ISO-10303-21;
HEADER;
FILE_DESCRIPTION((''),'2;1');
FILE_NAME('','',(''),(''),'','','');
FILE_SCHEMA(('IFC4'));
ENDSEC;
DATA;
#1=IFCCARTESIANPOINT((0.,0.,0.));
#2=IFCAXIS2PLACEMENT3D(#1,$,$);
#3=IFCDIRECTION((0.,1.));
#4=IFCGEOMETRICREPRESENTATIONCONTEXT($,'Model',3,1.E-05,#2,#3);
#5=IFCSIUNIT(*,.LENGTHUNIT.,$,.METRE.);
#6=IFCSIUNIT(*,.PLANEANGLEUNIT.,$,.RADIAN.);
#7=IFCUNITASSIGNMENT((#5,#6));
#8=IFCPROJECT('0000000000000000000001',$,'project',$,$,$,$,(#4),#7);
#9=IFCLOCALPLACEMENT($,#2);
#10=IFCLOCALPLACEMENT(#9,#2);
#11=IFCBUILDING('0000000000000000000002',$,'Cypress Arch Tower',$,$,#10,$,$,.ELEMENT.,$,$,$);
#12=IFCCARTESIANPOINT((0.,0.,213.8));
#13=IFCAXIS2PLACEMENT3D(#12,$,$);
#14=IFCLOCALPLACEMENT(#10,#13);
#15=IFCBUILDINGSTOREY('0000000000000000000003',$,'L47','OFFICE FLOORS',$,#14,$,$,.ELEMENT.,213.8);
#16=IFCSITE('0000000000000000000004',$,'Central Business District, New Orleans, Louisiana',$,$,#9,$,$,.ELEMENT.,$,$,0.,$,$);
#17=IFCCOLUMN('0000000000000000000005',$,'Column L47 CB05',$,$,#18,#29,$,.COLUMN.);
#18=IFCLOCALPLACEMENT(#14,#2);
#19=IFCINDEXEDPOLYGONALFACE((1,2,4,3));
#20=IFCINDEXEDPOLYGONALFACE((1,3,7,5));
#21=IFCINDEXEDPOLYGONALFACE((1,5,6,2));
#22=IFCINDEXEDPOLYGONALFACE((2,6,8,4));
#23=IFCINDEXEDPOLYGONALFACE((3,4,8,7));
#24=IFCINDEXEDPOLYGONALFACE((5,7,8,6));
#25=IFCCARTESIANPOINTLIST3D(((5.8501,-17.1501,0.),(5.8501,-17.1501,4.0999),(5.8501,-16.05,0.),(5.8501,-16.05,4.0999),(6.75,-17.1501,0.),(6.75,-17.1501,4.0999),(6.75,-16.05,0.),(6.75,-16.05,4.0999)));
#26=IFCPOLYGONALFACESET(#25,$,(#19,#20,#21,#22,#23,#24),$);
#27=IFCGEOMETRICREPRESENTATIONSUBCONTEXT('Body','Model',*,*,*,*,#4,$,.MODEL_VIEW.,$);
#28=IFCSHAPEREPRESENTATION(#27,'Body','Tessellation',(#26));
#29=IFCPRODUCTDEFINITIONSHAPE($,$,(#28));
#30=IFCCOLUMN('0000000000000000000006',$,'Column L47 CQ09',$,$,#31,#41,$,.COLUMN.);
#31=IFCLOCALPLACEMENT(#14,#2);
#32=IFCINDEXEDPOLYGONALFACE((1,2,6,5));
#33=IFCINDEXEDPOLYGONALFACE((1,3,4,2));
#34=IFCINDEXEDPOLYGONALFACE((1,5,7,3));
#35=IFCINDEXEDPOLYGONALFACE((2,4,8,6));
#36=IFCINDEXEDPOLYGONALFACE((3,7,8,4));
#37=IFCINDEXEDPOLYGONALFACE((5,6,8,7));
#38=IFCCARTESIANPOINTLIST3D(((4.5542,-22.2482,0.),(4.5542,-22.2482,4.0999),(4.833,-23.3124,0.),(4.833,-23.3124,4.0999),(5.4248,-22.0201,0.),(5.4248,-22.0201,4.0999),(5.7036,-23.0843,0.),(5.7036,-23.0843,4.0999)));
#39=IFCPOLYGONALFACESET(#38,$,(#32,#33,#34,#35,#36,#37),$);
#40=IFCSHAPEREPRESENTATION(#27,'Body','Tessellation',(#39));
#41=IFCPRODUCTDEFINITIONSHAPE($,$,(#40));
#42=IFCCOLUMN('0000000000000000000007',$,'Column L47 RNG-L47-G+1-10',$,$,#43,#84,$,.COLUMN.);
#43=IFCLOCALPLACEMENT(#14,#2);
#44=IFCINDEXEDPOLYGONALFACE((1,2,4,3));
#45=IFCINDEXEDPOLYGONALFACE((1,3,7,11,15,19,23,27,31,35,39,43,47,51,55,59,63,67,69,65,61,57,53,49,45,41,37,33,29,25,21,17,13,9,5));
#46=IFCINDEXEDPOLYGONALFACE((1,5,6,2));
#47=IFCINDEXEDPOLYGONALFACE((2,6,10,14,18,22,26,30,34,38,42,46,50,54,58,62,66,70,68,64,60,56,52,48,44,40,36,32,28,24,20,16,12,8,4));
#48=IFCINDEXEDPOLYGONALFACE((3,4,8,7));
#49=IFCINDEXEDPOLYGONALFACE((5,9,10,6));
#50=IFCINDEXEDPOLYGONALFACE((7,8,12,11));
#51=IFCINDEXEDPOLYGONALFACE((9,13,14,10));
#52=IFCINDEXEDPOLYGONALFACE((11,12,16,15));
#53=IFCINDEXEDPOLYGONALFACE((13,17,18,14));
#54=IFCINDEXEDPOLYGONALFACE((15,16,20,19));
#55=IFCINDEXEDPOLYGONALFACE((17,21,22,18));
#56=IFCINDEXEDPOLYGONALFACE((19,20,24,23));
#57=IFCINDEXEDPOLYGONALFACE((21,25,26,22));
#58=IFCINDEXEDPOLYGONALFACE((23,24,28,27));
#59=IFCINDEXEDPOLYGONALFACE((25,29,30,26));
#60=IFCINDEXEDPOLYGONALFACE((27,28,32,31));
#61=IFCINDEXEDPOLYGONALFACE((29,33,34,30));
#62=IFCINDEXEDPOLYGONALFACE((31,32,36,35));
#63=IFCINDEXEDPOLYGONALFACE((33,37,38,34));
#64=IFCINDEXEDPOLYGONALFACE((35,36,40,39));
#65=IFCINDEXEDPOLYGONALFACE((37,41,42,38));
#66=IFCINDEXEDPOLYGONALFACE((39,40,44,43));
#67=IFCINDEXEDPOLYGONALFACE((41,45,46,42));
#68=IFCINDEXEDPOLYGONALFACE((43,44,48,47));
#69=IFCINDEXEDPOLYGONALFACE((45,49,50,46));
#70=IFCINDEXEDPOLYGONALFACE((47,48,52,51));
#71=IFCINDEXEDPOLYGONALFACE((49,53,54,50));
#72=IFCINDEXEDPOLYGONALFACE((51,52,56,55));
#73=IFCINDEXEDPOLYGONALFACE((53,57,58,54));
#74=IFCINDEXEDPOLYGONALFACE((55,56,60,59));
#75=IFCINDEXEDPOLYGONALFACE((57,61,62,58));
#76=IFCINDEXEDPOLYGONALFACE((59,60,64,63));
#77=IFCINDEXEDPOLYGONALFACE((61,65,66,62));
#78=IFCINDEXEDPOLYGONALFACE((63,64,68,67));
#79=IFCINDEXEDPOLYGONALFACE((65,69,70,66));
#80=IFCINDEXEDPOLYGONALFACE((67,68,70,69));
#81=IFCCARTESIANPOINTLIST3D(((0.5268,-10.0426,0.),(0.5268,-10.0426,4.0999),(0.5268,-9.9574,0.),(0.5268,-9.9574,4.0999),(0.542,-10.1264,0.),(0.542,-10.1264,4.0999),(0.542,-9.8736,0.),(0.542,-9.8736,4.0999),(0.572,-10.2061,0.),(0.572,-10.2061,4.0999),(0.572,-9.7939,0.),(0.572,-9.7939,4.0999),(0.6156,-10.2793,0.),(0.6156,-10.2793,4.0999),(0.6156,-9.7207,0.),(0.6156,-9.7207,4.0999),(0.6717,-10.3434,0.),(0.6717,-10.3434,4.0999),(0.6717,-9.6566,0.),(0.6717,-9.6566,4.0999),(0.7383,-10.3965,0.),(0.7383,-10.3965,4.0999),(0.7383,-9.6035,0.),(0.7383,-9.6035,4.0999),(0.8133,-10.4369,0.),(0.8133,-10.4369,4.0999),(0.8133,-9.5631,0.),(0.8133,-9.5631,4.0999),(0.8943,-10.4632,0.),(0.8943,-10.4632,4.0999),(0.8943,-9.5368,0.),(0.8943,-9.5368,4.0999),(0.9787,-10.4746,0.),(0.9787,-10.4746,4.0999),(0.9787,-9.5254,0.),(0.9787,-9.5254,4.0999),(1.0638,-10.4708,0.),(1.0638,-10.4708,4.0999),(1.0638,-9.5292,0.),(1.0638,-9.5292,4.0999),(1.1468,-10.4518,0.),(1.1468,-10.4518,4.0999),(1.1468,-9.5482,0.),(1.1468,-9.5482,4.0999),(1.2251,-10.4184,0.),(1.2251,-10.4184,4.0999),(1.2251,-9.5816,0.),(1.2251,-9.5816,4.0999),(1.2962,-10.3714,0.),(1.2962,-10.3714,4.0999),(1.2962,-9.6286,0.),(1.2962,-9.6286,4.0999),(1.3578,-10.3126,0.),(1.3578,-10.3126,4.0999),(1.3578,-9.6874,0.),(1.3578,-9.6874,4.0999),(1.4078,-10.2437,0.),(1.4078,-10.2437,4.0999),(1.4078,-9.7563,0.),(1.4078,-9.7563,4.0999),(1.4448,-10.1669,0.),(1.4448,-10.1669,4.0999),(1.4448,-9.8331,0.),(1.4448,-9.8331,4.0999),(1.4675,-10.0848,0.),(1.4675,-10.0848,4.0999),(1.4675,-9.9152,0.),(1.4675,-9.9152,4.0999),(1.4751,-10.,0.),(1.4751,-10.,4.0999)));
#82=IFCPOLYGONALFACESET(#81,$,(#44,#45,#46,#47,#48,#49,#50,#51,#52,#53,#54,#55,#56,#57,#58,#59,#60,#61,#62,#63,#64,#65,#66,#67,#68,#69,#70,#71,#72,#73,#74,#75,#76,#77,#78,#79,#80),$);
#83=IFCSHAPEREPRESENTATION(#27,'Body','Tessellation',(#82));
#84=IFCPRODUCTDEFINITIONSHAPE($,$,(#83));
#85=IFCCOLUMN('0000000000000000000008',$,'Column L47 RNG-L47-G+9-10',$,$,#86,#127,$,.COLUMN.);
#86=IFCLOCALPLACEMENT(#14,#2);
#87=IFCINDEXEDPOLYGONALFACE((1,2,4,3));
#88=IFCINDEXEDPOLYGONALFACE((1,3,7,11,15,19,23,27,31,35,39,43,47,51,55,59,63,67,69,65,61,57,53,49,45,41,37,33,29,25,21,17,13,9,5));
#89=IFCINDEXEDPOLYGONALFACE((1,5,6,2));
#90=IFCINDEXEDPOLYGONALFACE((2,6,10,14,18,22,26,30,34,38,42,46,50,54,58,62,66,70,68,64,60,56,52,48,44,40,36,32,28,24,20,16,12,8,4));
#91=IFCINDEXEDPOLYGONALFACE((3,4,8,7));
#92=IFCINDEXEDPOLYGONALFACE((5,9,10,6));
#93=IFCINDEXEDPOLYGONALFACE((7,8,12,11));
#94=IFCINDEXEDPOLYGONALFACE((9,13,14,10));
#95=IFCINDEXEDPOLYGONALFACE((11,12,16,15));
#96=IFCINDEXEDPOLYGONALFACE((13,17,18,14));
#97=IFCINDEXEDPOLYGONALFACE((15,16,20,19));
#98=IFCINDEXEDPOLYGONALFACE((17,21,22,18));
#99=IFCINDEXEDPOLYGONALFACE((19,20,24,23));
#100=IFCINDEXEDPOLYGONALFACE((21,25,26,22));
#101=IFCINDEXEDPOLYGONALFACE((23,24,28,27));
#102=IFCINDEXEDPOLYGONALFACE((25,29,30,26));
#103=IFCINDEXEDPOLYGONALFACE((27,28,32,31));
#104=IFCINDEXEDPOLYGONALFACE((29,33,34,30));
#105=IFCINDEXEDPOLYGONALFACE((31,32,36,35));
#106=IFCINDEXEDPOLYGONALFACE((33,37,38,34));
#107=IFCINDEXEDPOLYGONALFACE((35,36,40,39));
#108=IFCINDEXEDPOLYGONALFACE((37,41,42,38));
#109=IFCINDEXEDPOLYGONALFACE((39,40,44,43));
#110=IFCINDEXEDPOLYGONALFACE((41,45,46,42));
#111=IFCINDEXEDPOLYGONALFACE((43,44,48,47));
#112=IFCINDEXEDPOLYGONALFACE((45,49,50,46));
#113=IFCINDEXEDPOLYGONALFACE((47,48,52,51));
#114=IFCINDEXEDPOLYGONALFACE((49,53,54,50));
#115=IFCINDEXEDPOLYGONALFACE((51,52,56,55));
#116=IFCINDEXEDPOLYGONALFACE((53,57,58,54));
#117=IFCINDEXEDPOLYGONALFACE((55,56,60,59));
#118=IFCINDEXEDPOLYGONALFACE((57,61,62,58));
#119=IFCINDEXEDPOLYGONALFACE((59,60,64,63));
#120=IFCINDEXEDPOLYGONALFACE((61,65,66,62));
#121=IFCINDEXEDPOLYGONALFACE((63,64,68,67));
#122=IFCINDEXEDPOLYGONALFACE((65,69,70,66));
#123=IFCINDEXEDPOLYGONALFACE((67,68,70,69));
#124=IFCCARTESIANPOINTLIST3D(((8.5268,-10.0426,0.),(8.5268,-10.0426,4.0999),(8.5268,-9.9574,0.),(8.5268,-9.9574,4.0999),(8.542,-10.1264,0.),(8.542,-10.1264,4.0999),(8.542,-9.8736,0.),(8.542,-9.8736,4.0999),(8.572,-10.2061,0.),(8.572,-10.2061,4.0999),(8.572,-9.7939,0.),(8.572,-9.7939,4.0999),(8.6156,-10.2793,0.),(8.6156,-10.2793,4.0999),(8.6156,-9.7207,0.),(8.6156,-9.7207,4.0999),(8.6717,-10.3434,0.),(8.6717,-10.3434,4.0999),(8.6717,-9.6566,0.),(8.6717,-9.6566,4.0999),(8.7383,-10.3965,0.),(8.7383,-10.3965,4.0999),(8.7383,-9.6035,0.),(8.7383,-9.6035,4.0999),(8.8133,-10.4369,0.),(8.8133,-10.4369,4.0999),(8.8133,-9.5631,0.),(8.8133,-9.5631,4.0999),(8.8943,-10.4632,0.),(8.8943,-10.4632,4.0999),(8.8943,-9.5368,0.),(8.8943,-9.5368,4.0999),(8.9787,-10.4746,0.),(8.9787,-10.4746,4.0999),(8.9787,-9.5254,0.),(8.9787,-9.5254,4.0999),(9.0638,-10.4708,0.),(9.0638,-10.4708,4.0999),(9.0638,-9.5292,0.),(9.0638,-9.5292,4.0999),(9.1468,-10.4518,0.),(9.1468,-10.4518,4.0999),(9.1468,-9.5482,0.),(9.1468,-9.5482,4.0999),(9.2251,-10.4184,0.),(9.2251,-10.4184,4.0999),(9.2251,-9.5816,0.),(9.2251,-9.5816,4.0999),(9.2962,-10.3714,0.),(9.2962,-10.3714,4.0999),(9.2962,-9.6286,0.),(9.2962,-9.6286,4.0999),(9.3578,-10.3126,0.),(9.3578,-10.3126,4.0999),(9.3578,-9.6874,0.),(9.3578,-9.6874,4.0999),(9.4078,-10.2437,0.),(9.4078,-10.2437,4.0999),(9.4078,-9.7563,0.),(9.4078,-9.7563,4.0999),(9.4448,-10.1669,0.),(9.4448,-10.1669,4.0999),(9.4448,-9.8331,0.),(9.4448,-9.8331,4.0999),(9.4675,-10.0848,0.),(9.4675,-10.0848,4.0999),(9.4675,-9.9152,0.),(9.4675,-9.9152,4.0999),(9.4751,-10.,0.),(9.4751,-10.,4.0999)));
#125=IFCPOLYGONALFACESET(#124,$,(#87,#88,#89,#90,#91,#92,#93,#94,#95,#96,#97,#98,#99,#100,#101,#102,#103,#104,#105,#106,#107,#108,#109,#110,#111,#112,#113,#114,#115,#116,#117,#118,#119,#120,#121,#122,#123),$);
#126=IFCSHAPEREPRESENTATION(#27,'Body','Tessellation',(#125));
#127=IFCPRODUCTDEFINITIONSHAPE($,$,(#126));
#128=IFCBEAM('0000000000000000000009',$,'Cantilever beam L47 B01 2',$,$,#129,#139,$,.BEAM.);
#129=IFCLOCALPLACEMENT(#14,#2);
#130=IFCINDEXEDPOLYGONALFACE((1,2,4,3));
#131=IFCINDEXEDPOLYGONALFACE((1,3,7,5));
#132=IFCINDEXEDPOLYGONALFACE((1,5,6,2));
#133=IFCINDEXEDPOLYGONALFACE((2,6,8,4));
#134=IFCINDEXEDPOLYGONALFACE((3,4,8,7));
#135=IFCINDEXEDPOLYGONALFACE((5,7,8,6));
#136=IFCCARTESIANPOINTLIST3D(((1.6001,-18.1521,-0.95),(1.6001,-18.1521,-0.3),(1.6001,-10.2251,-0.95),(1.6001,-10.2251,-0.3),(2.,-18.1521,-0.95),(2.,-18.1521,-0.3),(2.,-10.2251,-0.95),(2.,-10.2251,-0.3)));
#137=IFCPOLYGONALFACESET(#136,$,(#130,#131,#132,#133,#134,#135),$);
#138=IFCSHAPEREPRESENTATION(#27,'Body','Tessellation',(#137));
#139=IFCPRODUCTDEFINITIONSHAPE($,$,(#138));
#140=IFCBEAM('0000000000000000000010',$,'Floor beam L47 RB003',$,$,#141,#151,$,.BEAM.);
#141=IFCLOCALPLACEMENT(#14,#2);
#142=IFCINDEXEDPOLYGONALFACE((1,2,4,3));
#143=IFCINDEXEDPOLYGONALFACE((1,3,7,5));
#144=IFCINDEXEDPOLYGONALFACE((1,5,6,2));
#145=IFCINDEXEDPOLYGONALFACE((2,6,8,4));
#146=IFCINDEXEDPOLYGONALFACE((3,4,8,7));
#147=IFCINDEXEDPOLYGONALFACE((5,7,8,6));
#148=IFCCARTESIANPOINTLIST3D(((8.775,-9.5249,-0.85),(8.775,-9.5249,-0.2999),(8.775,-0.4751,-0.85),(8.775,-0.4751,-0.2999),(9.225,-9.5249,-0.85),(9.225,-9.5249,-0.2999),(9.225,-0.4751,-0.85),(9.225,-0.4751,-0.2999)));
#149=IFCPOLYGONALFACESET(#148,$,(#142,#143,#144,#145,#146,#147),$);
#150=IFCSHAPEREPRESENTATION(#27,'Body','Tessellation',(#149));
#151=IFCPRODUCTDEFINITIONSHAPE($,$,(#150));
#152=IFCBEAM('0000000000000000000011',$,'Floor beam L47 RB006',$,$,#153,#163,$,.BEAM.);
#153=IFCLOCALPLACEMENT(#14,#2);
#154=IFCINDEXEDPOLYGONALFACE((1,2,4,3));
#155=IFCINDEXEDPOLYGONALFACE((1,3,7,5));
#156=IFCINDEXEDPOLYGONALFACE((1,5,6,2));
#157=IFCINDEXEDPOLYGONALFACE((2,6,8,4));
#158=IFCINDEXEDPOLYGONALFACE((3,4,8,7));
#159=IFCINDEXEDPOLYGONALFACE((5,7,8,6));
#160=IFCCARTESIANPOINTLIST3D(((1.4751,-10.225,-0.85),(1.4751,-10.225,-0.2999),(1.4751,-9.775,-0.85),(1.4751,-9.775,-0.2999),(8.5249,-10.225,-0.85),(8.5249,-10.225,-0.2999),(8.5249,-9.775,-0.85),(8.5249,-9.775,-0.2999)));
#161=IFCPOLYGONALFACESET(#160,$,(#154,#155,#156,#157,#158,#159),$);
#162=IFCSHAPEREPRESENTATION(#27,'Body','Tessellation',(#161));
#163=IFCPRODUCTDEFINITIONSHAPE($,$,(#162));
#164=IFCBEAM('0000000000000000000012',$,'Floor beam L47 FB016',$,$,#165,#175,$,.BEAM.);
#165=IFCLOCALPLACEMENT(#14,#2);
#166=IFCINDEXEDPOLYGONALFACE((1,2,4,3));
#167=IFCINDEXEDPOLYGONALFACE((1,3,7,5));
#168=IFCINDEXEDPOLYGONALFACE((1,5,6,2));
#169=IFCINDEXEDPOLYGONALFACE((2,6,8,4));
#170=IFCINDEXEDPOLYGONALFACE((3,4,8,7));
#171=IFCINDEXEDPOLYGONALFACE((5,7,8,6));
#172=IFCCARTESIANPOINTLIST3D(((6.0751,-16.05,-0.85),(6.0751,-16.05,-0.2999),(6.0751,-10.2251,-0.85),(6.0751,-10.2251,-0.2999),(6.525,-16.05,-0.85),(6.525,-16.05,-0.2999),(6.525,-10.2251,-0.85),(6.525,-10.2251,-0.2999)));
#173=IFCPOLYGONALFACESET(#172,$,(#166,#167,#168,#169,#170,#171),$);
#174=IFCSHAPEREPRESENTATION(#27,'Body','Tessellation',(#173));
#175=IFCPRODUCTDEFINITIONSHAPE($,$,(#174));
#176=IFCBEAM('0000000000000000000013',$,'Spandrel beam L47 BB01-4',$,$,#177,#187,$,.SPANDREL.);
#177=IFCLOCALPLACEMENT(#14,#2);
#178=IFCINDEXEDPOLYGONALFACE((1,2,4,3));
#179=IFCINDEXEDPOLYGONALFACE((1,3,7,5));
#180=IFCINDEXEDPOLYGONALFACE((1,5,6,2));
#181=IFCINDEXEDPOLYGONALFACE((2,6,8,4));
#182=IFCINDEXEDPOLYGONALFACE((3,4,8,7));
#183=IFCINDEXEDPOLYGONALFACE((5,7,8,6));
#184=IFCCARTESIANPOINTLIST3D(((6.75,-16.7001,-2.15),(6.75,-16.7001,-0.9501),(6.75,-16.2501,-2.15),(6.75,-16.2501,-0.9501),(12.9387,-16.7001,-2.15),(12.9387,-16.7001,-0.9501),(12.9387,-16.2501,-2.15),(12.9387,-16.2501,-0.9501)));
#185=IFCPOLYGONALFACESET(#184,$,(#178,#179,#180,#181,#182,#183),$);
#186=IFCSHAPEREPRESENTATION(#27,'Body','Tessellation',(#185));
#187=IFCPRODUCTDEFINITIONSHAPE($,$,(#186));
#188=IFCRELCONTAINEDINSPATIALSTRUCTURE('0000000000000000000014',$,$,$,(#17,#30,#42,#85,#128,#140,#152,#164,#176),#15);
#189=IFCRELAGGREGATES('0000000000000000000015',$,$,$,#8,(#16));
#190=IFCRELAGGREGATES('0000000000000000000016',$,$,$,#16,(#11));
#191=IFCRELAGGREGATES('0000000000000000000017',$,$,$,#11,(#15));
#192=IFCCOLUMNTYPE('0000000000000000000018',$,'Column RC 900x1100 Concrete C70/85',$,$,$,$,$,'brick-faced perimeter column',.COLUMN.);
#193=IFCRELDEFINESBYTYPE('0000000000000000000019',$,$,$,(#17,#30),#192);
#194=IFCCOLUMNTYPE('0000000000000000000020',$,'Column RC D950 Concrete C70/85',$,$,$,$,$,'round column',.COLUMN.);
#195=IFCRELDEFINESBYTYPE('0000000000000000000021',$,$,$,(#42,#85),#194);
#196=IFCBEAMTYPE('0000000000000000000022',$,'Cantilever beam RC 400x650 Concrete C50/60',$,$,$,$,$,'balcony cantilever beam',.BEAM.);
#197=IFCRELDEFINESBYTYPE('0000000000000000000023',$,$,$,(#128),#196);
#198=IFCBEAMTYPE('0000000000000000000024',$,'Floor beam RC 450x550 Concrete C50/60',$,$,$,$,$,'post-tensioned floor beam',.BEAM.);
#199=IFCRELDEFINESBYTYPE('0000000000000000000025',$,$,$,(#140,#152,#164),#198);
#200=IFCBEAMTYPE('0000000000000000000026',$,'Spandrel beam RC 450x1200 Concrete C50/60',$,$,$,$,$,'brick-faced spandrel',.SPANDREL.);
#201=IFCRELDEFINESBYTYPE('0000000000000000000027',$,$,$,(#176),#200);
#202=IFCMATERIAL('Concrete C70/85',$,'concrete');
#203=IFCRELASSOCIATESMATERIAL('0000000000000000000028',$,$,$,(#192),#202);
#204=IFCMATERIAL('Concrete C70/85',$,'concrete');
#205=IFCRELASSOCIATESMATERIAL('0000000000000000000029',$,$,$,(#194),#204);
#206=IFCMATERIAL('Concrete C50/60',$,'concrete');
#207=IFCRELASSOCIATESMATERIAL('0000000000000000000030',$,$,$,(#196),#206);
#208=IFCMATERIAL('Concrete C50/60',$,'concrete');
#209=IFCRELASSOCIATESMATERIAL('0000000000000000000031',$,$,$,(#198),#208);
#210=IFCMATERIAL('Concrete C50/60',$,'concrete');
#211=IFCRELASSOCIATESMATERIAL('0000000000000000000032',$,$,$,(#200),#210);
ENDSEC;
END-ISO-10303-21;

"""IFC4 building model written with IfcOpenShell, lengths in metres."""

from ifc_helpers import new_model, si_unit, direction, frame, origin, origin_2d, place, context, subcontext, project, spatial, rectangle, circle, extrude, material, material_profile, profile_set, type_object, element, save


model = new_model("IFC4")

# Units and contexts
model_context = context("Model", 3, precision=1e-05, world=origin(), true_north=direction((0.0, 1.0)))
body_context = subcontext(model_context, "Body", "Model", "MODEL_VIEW")
ifc_project = project(units=[si_unit("LENGTHUNIT", "METRE"), si_unit("PLANEANGLEUNIT", "RADIAN")], contexts=[model_context])

# Site, building, storey
site_placement = place(None, origin())
site = spatial("IfcSite", under=ifc_project, at=site_placement, Name="Central Business District, New Orleans, Louisiana", CompositionType="ELEMENT", RefElevation=0.0)
building_placement = place(site_placement, origin())
building = spatial("IfcBuilding", under=site, at=building_placement, Name="Cypress Arch Tower", CompositionType="ELEMENT")
storey_placement = place(building_placement, frame((0.0, 0.0, 213.8)))
storey = spatial("IfcBuildingStorey", under=building, at=storey_placement, Name="L47", Description="OFFICE FLOORS", CompositionType="ELEMENT", Elevation=213.8)

# Columns
ifc_material_1 = material(Name="Concrete C70/85", Category="concrete")
ifc_material_profile_1 = material_profile(ifc_material_1, rectangle(XDim=0.8999, YDim=1.1001, at=origin_2d()), Name="RC 900x1100")
ifc_profile_set_1 = profile_set([ifc_material_profile_1], Name="Concrete C70/85")
column_type_1 = type_object("IfcColumnType", Name="Column RC 900x1100 Concrete C70/85", ElementType="brick-faced perimeter column", PredefinedType="COLUMN", material=ifc_profile_set_1)
for number, where, z_axis, x_axis, name in (
    (1, (6.3, -16.6001, 0.0), (0.0, 0.0, 1.0), (1.0, 0.0, 0.0), "Column L47 CB05"),
    (2, (5.1289, -22.6663, 0.0), (0.0, 0.0, 1.0), (0.967356, 0.253422, 0.0), "Column L47 CQ09"),
):
    element("IfcColumn", number, at=place(storey_placement, frame(where, z_axis=z_axis, x_axis=x_axis)), inside=storey, type_object=column_type_1, Name=name, PredefinedType="COLUMN", context=body_context, shape_type="SweptSolid", body=[
        extrude(rectangle(XDim=0.8999, YDim=1.1001, at=origin_2d()), origin(), (0.0, 0.0, 1.0), 4.0999),
    ])
ifc_material_2 = material(Name="Concrete C70/85", Category="concrete")
ifc_material_profile_2 = material_profile(ifc_material_2, circle(Radius=0.4751, at=origin_2d()), Name="RC D950")
ifc_profile_set_2 = profile_set([ifc_material_profile_2], Name="Concrete C70/85")
column_type_2 = type_object("IfcColumnType", Name="Column RC D950 Concrete C70/85", ElementType="round column", PredefinedType="COLUMN", material=ifc_profile_set_2)
for number, where, z_axis, x_axis, name in (
    (3, (1.0, -10.0, 0.0), (0.0, 0.0, 1.0), (1.0, 0.0, 0.0), "Column L47 RNG-L47-G+1-10"),
    (4, (9.0, -10.0, 0.0), (0.0, 0.0, 1.0), (1.0, 0.0, 0.0), "Column L47 RNG-L47-G+9-10"),
):
    element("IfcColumn", number, at=place(storey_placement, frame(where, z_axis=z_axis, x_axis=x_axis)), inside=storey, type_object=column_type_2, Name=name, PredefinedType="COLUMN", context=body_context, shape_type="SweptSolid", body=[
        extrude(circle(Radius=0.4751, at=origin_2d()), origin(), (0.0, 0.0, 1.0), 4.0999),
    ])

# Beams
ifc_material_3 = material(Name="Concrete C50/60", Category="concrete")
ifc_material_profile_3 = material_profile(ifc_material_3, rectangle(XDim=0.3999, YDim=0.6499, at=origin_2d()), Name="RC 400x650")
ifc_profile_set_3 = profile_set([ifc_material_profile_3], Name="Concrete C50/60")
beam_type_1 = type_object("IfcBeamType", Name="Cantilever beam RC 400x650 Concrete C50/60", ElementType="balcony cantilever beam", PredefinedType="BEAM", material=ifc_profile_set_3)
beam_1_placement = place(storey_placement, frame((1.8, -10.2251, -0.625), z_axis=(0.0, -1.0, 0.0), x_axis=(1.0, 0.0, 0.0)))
element("IfcBeam", 5, at=beam_1_placement, inside=storey, type_object=beam_type_1, Name="Cantilever beam L47 B01 2", PredefinedType="BEAM", context=body_context, shape_type="SweptSolid", body=[
    extrude(rectangle(XDim=0.3999, YDim=0.6499, at=origin_2d()), origin(), (0.0, 0.0, 1.0), 7.927),
])
ifc_material_4 = material(Name="Concrete C50/60", Category="concrete")
ifc_material_profile_4 = material_profile(ifc_material_4, rectangle(XDim=0.45, YDim=0.55, at=origin_2d()), Name="RC 450x550")
ifc_profile_set_4 = profile_set([ifc_material_profile_4], Name="Concrete C50/60")
beam_type_2 = type_object("IfcBeamType", Name="Floor beam RC 450x550 Concrete C50/60", ElementType="post-tensioned floor beam", PredefinedType="BEAM", material=ifc_profile_set_4)
beam_2_placement = place(storey_placement, frame((9.0, -9.5249, -0.575), z_axis=(0.0, 1.0, 0.0), x_axis=(-1.0, 0.0, 0.0)))
element("IfcBeam", 6, at=beam_2_placement, inside=storey, type_object=beam_type_2, Name="Floor beam L47 RB003", PredefinedType="BEAM", context=body_context, shape_type="SweptSolid", body=[
    extrude(rectangle(XDim=0.45, YDim=0.55, at=origin_2d()), origin(), (0.0, 0.0, 1.0), 9.0498),
])
beam_3_placement = place(storey_placement, frame((1.4751, -10.0, -0.575), z_axis=(1.0, 0.0, 0.0), x_axis=(0.0, 1.0, 0.0)))
element("IfcBeam", 7, at=beam_3_placement, inside=storey, type_object=beam_type_2, Name="Floor beam L47 RB006", PredefinedType="BEAM", context=body_context, shape_type="SweptSolid", body=[
    extrude(rectangle(XDim=0.45, YDim=0.55, at=origin_2d()), origin(), (0.0, 0.0, 1.0), 7.0498),
])
beam_4_placement = place(storey_placement, frame((6.3, -16.05, -0.575), z_axis=(0.0, 1.0, 0.0), x_axis=(-1.0, 0.0, 0.0)))
element("IfcBeam", 8, at=beam_4_placement, inside=storey, type_object=beam_type_2, Name="Floor beam L47 FB016", PredefinedType="BEAM", context=body_context, shape_type="SweptSolid", body=[
    extrude(rectangle(XDim=0.45, YDim=0.55, at=origin_2d()), origin(), (0.0, 0.0, 1.0), 5.825),
])
ifc_material_5 = material(Name="Concrete C50/60", Category="concrete")
ifc_material_profile_5 = material_profile(ifc_material_5, rectangle(XDim=0.45, YDim=1.2, at=origin_2d()), Name="RC 450x1200")
ifc_profile_set_5 = profile_set([ifc_material_profile_5], Name="Concrete C50/60")
beam_type_3 = type_object("IfcBeamType", Name="Spandrel beam RC 450x1200 Concrete C50/60", ElementType="brick-faced spandrel", PredefinedType="SPANDREL", material=ifc_profile_set_5)
beam_5_placement = place(storey_placement, frame((6.75, -16.4751, -1.55), z_axis=(1.0, 0.0, 0.0), x_axis=(0.0, 1.0, 0.0)))
element("IfcBeam", 9, at=beam_5_placement, inside=storey, type_object=beam_type_3, Name="Spandrel beam L47 BB01-4", PredefinedType="SPANDREL", context=body_context, shape_type="SweptSolid", body=[
    extrude(rectangle(XDim=0.45, YDim=1.2, at=origin_2d()), origin(), (0.0, 0.0, 1.0), 6.1887),
])

save(model, "model.ifc")
